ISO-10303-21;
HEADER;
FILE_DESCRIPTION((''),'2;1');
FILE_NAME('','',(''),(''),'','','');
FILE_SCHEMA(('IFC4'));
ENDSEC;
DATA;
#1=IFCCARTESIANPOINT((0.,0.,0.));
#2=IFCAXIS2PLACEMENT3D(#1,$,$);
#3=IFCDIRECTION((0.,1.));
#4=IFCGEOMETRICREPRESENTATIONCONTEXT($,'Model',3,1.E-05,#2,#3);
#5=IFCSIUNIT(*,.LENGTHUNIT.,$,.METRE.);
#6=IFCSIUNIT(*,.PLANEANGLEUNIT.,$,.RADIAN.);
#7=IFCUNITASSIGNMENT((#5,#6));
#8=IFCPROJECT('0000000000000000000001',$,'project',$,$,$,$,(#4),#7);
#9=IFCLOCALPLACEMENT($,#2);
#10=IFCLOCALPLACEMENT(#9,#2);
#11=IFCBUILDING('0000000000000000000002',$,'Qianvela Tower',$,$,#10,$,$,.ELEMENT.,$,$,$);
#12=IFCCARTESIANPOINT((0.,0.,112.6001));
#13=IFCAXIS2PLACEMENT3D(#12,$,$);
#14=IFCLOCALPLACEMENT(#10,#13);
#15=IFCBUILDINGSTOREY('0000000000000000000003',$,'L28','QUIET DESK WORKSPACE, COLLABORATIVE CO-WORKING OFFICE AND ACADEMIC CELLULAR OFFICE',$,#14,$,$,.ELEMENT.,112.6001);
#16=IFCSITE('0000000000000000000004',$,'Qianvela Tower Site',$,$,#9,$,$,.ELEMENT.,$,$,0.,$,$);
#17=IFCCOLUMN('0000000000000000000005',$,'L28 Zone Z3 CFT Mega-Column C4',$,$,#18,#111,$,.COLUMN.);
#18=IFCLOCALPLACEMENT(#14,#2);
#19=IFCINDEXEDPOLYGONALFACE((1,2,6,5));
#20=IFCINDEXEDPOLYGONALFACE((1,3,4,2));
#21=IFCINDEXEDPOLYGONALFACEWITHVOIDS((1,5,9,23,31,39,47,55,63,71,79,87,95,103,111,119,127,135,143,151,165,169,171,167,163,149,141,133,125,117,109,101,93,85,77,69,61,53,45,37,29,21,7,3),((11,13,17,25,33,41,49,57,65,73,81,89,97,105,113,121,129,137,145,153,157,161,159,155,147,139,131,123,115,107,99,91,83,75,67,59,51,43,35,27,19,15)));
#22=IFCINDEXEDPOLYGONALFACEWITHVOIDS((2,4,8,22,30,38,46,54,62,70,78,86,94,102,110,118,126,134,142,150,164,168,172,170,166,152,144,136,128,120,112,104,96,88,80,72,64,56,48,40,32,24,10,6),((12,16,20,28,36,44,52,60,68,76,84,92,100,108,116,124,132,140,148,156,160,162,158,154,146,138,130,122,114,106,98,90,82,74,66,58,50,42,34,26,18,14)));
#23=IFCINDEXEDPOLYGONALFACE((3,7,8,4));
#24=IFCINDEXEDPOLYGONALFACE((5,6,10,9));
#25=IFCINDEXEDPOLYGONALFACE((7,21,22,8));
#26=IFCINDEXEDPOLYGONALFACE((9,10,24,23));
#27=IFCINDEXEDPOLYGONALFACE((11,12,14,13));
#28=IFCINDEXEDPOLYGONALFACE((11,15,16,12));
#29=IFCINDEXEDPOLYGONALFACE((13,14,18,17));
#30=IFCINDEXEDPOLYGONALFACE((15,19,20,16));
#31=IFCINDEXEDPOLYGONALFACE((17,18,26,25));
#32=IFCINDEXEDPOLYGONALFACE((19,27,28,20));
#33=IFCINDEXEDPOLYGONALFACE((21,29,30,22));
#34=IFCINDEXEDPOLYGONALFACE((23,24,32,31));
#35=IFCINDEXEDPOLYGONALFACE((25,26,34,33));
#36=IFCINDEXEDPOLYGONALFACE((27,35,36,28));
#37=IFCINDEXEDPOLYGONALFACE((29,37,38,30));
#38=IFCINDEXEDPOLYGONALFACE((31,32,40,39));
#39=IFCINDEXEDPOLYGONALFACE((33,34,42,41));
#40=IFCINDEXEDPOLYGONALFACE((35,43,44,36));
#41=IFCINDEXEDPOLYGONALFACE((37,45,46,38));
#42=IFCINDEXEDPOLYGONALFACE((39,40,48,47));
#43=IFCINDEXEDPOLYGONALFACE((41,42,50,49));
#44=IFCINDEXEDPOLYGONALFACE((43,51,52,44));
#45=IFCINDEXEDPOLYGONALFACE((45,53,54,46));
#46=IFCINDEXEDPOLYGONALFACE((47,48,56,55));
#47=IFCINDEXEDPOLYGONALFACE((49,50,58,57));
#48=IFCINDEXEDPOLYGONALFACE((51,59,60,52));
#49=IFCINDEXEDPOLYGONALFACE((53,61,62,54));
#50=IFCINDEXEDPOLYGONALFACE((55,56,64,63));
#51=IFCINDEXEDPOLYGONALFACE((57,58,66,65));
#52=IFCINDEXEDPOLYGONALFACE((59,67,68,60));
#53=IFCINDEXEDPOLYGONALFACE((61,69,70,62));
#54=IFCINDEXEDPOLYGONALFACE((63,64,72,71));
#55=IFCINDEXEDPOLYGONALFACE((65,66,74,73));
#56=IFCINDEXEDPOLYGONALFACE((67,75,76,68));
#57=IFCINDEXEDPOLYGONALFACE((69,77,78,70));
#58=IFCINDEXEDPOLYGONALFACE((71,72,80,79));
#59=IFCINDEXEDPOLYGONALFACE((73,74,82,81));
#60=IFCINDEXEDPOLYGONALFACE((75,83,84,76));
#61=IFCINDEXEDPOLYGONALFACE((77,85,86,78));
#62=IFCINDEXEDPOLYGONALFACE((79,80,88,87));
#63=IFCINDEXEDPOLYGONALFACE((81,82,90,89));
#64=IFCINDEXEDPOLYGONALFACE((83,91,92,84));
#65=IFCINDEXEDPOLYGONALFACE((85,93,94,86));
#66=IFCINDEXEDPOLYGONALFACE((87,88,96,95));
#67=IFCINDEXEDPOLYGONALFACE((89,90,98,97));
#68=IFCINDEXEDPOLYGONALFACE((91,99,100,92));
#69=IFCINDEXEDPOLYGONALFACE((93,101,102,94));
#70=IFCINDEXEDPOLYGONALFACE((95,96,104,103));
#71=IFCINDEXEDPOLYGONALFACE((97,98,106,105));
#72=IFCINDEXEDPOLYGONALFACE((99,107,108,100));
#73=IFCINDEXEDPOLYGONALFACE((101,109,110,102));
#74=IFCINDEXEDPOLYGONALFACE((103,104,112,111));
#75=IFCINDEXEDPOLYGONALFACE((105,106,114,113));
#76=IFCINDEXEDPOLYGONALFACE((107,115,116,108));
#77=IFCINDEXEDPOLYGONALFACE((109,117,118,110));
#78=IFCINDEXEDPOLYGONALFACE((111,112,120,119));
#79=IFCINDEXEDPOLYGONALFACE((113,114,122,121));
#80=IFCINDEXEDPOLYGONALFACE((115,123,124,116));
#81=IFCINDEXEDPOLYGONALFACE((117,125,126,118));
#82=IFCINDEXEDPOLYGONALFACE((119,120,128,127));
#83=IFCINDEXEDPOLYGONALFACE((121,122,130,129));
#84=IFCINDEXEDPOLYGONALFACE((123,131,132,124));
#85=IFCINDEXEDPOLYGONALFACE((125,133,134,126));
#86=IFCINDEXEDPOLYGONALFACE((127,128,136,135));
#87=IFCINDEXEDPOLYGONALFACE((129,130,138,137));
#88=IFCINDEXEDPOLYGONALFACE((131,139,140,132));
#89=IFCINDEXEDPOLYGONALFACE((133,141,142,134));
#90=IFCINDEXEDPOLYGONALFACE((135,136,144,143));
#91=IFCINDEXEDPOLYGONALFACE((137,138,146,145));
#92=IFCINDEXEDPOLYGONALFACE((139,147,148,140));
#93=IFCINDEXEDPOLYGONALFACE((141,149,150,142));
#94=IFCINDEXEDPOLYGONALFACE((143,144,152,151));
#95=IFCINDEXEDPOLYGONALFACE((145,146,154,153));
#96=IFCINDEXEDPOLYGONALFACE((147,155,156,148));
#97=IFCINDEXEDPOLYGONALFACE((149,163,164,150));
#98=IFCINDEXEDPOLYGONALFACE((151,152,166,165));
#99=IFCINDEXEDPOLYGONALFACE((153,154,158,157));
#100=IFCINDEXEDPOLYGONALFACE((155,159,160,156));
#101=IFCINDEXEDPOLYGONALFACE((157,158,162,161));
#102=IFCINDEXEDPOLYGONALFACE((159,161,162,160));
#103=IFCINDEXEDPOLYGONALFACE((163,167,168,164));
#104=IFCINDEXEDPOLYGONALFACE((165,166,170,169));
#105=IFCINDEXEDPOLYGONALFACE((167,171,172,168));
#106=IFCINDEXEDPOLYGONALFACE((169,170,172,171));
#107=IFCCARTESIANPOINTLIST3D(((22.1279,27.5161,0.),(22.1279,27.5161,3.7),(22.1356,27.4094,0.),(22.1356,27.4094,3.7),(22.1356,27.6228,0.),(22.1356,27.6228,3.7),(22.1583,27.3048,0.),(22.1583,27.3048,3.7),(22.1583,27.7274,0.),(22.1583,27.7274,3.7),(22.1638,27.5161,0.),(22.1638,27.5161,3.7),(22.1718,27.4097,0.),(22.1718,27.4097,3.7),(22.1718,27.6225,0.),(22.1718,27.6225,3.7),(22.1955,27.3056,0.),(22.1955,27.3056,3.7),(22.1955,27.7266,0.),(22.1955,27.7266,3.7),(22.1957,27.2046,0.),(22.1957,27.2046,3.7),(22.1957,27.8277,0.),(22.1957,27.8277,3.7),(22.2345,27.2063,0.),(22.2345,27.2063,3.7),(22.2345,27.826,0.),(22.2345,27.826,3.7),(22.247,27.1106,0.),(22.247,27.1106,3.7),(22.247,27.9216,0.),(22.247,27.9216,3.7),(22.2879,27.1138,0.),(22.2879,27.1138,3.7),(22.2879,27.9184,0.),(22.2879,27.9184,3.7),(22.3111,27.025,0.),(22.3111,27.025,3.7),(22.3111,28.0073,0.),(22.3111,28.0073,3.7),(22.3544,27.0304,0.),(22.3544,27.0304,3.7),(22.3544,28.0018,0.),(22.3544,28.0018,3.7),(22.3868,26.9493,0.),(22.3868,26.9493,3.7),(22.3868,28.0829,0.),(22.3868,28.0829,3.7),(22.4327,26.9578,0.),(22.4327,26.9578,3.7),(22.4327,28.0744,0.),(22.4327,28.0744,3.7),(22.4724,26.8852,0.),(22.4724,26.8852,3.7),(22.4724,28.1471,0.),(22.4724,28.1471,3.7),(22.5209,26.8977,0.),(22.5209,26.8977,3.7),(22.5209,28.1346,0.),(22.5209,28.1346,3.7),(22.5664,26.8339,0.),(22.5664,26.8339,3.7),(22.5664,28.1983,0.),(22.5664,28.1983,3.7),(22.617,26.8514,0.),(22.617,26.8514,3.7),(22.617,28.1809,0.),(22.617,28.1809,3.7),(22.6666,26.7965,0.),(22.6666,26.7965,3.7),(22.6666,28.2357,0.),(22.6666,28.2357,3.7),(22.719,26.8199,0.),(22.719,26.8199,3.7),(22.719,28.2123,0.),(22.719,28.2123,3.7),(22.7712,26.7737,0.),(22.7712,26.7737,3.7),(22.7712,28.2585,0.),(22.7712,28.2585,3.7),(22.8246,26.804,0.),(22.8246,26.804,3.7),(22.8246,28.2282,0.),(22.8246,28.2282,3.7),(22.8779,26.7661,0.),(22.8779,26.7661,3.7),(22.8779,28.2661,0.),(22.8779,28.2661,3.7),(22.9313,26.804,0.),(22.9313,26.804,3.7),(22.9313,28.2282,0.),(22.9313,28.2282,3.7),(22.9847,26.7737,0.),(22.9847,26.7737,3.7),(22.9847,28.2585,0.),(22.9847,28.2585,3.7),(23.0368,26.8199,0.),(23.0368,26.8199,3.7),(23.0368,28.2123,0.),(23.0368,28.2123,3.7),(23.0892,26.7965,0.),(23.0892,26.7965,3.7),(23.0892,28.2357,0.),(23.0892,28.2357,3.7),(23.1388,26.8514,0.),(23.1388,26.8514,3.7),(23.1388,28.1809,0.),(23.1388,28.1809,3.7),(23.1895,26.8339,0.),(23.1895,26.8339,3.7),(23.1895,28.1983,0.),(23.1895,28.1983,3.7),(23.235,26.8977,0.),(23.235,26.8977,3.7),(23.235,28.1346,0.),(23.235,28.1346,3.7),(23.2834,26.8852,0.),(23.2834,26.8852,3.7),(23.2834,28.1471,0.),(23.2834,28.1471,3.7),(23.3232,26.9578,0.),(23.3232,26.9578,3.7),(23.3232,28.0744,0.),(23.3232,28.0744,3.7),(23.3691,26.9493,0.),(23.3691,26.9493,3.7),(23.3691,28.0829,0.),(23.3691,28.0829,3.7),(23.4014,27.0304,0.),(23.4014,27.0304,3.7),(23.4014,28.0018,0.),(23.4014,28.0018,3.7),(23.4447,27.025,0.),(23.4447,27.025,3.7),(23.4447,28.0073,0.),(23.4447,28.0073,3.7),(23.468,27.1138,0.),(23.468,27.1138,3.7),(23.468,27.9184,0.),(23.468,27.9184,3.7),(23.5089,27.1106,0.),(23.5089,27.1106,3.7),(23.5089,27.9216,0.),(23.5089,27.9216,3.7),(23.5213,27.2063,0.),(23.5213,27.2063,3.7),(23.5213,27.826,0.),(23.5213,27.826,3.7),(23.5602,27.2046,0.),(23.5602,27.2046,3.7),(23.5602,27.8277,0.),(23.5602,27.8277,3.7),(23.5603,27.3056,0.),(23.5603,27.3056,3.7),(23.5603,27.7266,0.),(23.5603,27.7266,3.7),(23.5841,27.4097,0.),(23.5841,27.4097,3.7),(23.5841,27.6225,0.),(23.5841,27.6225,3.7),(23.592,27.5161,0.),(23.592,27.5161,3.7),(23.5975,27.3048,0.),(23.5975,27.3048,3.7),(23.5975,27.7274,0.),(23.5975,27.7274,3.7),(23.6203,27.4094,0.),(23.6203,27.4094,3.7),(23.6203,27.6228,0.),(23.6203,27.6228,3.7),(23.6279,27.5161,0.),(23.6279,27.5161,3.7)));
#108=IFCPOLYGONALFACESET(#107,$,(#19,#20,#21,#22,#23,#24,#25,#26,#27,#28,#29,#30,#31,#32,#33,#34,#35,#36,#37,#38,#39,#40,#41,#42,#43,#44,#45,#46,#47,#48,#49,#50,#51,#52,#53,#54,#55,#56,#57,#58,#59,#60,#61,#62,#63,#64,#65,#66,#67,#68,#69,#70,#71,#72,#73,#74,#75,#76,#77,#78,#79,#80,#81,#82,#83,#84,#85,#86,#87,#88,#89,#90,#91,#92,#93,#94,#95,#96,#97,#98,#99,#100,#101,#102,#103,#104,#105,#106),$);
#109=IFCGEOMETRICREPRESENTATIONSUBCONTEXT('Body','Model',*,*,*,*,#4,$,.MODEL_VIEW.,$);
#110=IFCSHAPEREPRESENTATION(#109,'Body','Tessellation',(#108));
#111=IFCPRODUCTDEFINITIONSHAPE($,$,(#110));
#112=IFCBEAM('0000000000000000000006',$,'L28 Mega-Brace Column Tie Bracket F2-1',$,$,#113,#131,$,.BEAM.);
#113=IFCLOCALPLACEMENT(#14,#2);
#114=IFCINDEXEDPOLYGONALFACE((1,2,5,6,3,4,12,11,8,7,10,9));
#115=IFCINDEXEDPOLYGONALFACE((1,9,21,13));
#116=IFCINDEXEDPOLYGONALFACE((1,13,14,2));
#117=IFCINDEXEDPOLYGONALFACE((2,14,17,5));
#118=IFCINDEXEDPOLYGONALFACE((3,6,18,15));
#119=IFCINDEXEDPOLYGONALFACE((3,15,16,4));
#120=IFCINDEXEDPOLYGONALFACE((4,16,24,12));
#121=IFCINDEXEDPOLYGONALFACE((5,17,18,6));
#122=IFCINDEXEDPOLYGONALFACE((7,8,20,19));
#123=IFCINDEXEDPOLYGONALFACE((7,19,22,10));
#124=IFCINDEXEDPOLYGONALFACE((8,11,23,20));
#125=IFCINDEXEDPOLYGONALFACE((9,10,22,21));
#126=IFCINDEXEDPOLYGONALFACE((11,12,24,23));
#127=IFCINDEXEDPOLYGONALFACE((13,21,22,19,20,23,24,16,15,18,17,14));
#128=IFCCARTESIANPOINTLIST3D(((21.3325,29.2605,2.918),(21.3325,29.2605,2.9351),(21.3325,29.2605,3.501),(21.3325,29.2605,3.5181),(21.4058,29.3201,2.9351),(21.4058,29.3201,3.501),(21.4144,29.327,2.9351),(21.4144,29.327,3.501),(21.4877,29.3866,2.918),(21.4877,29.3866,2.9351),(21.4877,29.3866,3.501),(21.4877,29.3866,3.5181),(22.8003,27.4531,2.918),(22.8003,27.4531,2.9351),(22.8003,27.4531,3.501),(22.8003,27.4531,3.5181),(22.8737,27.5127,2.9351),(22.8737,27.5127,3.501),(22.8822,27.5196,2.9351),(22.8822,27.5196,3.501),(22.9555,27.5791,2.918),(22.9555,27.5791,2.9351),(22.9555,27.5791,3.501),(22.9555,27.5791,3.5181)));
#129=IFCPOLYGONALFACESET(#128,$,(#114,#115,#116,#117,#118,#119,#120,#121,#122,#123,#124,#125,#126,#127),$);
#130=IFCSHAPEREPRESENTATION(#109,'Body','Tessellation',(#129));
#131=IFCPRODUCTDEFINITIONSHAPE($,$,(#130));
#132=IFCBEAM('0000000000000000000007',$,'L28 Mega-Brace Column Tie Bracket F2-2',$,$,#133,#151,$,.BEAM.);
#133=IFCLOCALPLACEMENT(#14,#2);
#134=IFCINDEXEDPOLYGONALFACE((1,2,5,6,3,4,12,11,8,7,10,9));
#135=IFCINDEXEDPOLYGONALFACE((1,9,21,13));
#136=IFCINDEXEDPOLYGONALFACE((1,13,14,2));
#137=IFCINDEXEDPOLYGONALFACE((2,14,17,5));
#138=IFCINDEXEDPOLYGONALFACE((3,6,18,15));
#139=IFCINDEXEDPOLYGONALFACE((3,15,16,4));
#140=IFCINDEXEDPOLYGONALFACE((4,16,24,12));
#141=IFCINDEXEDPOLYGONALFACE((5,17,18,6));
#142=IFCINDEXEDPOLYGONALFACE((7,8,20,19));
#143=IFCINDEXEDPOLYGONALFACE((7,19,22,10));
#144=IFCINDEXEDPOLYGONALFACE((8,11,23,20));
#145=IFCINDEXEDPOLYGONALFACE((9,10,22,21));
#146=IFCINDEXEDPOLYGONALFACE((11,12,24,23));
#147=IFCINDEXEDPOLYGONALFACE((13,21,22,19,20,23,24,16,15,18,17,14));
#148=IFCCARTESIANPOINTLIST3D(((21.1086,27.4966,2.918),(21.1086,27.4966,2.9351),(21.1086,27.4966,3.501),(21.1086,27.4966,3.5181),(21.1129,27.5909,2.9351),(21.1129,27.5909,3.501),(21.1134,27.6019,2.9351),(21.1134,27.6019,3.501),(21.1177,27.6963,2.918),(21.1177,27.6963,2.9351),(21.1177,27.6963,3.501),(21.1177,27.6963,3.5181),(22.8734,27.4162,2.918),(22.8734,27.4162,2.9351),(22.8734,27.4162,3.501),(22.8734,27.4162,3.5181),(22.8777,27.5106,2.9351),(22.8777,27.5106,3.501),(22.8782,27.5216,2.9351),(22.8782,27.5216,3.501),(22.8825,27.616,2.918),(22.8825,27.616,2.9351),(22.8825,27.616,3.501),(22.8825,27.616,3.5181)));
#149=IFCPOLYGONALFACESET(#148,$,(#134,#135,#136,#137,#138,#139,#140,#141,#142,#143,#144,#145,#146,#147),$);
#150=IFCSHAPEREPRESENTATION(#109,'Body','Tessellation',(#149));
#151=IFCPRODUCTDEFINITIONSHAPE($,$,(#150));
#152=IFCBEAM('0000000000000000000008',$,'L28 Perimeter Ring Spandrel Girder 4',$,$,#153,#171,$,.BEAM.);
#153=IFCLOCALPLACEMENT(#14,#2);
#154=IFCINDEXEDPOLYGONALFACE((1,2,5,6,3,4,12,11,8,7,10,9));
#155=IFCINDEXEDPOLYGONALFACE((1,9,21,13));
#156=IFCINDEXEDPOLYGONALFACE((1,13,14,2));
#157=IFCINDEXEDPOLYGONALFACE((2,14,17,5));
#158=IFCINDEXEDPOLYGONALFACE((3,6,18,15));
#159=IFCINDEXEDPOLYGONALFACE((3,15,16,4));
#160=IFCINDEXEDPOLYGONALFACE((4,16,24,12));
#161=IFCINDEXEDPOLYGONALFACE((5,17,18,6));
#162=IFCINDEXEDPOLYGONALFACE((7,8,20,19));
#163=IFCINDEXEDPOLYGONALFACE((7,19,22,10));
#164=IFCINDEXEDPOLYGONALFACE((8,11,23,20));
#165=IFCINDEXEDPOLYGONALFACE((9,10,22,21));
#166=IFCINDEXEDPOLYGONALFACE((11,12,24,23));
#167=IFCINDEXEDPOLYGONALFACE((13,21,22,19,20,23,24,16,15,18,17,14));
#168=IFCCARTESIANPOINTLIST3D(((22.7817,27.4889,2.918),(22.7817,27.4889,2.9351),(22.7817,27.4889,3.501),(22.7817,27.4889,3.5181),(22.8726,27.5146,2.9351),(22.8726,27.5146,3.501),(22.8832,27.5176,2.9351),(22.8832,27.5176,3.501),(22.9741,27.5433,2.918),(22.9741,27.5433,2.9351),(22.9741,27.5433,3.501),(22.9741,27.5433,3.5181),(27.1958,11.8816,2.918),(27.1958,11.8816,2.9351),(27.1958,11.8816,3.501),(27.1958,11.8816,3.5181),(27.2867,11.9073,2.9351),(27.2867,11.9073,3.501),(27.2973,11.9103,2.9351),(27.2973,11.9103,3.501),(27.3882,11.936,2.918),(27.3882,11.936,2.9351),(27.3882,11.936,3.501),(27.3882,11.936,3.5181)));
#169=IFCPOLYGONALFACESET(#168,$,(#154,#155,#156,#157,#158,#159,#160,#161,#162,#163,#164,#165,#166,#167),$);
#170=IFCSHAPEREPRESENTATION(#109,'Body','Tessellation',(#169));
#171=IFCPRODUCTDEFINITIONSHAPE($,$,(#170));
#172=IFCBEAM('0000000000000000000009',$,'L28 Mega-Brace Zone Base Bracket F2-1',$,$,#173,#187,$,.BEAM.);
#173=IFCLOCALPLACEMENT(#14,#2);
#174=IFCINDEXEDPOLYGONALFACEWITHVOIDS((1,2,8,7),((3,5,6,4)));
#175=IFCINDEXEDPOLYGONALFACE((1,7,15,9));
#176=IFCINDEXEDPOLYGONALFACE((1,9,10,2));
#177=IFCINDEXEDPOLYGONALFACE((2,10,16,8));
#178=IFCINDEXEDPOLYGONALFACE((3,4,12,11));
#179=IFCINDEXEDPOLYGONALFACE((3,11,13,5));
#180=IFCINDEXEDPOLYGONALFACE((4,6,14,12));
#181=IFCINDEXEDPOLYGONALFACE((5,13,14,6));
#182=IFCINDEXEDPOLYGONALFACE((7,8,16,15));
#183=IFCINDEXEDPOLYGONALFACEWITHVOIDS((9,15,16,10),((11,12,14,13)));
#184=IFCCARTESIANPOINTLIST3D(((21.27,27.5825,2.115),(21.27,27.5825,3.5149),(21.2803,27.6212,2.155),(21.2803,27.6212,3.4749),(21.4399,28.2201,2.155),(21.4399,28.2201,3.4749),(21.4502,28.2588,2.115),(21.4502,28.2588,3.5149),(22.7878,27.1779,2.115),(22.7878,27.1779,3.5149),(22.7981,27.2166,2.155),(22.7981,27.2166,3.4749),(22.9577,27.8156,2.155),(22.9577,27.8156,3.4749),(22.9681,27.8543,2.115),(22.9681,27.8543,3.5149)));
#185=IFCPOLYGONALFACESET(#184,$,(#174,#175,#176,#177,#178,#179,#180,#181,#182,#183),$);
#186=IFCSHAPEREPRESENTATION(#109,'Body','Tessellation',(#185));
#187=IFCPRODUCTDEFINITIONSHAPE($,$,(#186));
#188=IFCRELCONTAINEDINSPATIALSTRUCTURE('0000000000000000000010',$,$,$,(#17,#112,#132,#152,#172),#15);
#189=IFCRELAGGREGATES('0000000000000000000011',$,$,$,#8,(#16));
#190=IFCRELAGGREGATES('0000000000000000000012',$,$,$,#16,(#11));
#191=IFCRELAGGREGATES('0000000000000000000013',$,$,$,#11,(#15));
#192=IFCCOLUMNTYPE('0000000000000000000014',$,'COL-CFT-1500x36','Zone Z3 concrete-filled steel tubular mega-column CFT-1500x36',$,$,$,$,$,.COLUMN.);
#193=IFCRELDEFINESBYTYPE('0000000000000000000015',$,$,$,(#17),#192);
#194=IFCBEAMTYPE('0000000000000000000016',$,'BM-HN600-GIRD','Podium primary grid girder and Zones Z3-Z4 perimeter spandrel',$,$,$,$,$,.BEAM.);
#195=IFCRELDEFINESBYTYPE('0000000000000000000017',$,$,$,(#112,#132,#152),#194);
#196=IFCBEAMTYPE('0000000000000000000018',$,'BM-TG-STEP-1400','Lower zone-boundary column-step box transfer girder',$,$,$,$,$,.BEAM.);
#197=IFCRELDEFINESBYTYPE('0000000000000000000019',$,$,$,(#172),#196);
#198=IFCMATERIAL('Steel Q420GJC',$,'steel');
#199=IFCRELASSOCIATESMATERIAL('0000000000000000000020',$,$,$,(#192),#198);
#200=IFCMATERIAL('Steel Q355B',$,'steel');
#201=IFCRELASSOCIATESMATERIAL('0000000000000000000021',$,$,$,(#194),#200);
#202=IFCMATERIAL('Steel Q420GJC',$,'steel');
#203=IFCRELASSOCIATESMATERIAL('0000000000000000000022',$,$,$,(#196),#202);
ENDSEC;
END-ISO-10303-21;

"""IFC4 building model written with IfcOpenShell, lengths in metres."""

from ifc_helpers import new_model, si_unit, direction, frame, origin, origin_2d, place, context, subcontext, project, spatial, hollow_rectangle, hollow_circle, i_section, extrude, material, material_profile, profile_set, type_object, element, save


model = new_model("IFC4")

# Units and contexts
model_context = context("Model", 3, precision=1e-05, world=origin(), true_north=direction((0.0, 1.0)))
body_context = subcontext(model_context, "Body", "Model", "MODEL_VIEW")
ifc_project = project(units=[si_unit("LENGTHUNIT", "METRE"), si_unit("PLANEANGLEUNIT", "RADIAN")], contexts=[model_context])

# Site, building, storey
site_placement = place(None, origin())
site = spatial("IfcSite", under=ifc_project, at=site_placement, Name="Qianvela Tower Site", CompositionType="ELEMENT", RefElevation=0.0)
building_placement = place(site_placement, origin())
building = spatial("IfcBuilding", under=site, at=building_placement, Name="Qianvela Tower", CompositionType="ELEMENT")
storey_placement = place(building_placement, frame((0.0, 0.0, 112.6001)))
storey = spatial("IfcBuildingStorey", under=building, at=storey_placement, Name="L28", Description="QUIET DESK WORKSPACE, COLLABORATIVE CO-WORKING OFFICE AND ACADEMIC CELLULAR OFFICE", CompositionType="ELEMENT", Elevation=112.6001)

# Column
ifc_material_1 = material(Name="Steel Q420GJC", Category="steel")
ifc_material_profile_1 = material_profile(ifc_material_1, hollow_circle(Radius=0.75, WallThickness=0.0359, at=origin_2d()), Name="CFT-1500x36")
ifc_profile_set_1 = profile_set([ifc_material_profile_1], Name="Steel Q420GJC")
column_type = type_object("IfcColumnType", Name="COL-CFT-1500x36", Description="Zone Z3 concrete-filled steel tubular mega-column CFT-1500x36", PredefinedType="COLUMN", material=ifc_profile_set_1)
column_placement = place(storey_placement, frame((22.8779, 27.5161, 0.0), z_axis=(0.0, 0.0, 1.0), x_axis=(1.0, 0.0, 0.0)))
element("IfcColumn", 1, at=column_placement, inside=storey, type_object=column_type, Name="L28 Zone Z3 CFT Mega-Column C4", PredefinedType="COLUMN", context=body_context, shape_type="SweptSolid", body=[
    extrude(hollow_circle(Radius=0.75, WallThickness=0.0359, at=origin_2d()), origin(), (0.0, 0.0, 1.0), 3.7),
])

# Beams
ifc_material_2 = material(Name="Steel Q355B", Category="steel")
ifc_material_profile_2 = material_profile(ifc_material_2, i_section(OverallWidth=0.2, OverallDepth=0.6001, WebThickness=0.011, FlangeThickness=0.0171, at=origin_2d()), Name="HN600x200x11x17")
ifc_profile_set_2 = profile_set([ifc_material_profile_2], Name="Steel Q355B")
beam_type_1 = type_object("IfcBeamType", Name="BM-HN600-GIRD", Description="Podium primary grid girder and Zones Z3-Z4 perimeter spandrel", PredefinedType="BEAM", material=ifc_profile_set_2)
beam_1_placement = place(storey_placement, frame((22.8779, 27.5161, 3.218), z_axis=(-0.630407, 0.776265, 0.0), x_axis=(-0.776265, -0.630407, 0.0)))
element("IfcBeam", 2, at=beam_1_placement, inside=storey, type_object=beam_type_1, Name="L28 Mega-Brace Column Tie Bracket F2-1", PredefinedType="BEAM", context=body_context, shape_type="SweptSolid", body=[
    extrude(i_section(OverallWidth=0.2, OverallDepth=0.6001, WebThickness=0.011, FlangeThickness=0.0171, at=origin_2d()), origin(), (0.0, 0.0, 1.0), 2.3284),
])
beam_2_placement = place(storey_placement, frame((22.8779, 27.5161, 3.218), z_axis=(-0.998966, 0.045464, 0.0), x_axis=(-0.045464, -0.998966, 0.0)))
element("IfcBeam", 3, at=beam_2_placement, inside=storey, type_object=beam_type_1, Name="L28 Mega-Brace Column Tie Bracket F2-2", PredefinedType="BEAM", context=body_context, shape_type="SweptSolid", body=[
    extrude(i_section(OverallWidth=0.2, OverallDepth=0.6001, WebThickness=0.011, FlangeThickness=0.0171, at=origin_2d()), origin(), (0.0, 0.0, 1.0), 1.7666),
])
beam_3_placement = place(storey_placement, frame((22.8779, 27.5161, 3.218), z_axis=(0.272148, -0.962256, 0.0), x_axis=(0.962256, 0.272148, 0.0)))
element("IfcBeam", 4, at=beam_3_placement, inside=storey, type_object=beam_type_1, Name="L28 Perimeter Ring Spandrel Girder 4", PredefinedType="BEAM", context=body_context, shape_type="SweptSolid", body=[
    extrude(i_section(OverallWidth=0.2, OverallDepth=0.6001, WebThickness=0.011, FlangeThickness=0.0171, at=origin_2d()), origin(), (0.0, 0.0, 1.0), 16.2195),
])
ifc_material_3 = material(Name="Steel Q420GJC", Category="steel")
ifc_material_profile_3 = material_profile(ifc_material_3, hollow_rectangle(XDim=0.7, YDim=1.3999, WallThickness=0.04, at=origin_2d()), Name="TG-BOX-1400x700x40")
ifc_profile_set_3 = profile_set([ifc_material_profile_3], Name="Steel Q420GJC")
beam_type_2 = type_object("IfcBeamType", Name="BM-TG-STEP-1400", Description="Lower zone-boundary column-step box transfer girder", PredefinedType="BEAM", material=ifc_profile_set_3)
for number, where, z_axis, x_axis, name in (
    (5, (22.8779, 27.5161, 2.8149), (-0.966268, 0.257537, 0.0), (-0.257537, -0.966268, 0.0), "L28 Mega-Brace Zone Base Bracket F2-1"),
):
    element("IfcBeam", number, at=place(storey_placement, frame(where, z_axis=z_axis, x_axis=x_axis)), inside=storey, type_object=beam_type_2, Name=name, PredefinedType="BEAM", context=body_context, shape_type="SweptSolid", body=[
        extrude(hollow_rectangle(XDim=0.7, YDim=1.3999, WallThickness=0.04, at=origin_2d()), origin(), (0.0, 0.0, 1.0), 1.5708),
    ])

save(model, "model.ifc")
